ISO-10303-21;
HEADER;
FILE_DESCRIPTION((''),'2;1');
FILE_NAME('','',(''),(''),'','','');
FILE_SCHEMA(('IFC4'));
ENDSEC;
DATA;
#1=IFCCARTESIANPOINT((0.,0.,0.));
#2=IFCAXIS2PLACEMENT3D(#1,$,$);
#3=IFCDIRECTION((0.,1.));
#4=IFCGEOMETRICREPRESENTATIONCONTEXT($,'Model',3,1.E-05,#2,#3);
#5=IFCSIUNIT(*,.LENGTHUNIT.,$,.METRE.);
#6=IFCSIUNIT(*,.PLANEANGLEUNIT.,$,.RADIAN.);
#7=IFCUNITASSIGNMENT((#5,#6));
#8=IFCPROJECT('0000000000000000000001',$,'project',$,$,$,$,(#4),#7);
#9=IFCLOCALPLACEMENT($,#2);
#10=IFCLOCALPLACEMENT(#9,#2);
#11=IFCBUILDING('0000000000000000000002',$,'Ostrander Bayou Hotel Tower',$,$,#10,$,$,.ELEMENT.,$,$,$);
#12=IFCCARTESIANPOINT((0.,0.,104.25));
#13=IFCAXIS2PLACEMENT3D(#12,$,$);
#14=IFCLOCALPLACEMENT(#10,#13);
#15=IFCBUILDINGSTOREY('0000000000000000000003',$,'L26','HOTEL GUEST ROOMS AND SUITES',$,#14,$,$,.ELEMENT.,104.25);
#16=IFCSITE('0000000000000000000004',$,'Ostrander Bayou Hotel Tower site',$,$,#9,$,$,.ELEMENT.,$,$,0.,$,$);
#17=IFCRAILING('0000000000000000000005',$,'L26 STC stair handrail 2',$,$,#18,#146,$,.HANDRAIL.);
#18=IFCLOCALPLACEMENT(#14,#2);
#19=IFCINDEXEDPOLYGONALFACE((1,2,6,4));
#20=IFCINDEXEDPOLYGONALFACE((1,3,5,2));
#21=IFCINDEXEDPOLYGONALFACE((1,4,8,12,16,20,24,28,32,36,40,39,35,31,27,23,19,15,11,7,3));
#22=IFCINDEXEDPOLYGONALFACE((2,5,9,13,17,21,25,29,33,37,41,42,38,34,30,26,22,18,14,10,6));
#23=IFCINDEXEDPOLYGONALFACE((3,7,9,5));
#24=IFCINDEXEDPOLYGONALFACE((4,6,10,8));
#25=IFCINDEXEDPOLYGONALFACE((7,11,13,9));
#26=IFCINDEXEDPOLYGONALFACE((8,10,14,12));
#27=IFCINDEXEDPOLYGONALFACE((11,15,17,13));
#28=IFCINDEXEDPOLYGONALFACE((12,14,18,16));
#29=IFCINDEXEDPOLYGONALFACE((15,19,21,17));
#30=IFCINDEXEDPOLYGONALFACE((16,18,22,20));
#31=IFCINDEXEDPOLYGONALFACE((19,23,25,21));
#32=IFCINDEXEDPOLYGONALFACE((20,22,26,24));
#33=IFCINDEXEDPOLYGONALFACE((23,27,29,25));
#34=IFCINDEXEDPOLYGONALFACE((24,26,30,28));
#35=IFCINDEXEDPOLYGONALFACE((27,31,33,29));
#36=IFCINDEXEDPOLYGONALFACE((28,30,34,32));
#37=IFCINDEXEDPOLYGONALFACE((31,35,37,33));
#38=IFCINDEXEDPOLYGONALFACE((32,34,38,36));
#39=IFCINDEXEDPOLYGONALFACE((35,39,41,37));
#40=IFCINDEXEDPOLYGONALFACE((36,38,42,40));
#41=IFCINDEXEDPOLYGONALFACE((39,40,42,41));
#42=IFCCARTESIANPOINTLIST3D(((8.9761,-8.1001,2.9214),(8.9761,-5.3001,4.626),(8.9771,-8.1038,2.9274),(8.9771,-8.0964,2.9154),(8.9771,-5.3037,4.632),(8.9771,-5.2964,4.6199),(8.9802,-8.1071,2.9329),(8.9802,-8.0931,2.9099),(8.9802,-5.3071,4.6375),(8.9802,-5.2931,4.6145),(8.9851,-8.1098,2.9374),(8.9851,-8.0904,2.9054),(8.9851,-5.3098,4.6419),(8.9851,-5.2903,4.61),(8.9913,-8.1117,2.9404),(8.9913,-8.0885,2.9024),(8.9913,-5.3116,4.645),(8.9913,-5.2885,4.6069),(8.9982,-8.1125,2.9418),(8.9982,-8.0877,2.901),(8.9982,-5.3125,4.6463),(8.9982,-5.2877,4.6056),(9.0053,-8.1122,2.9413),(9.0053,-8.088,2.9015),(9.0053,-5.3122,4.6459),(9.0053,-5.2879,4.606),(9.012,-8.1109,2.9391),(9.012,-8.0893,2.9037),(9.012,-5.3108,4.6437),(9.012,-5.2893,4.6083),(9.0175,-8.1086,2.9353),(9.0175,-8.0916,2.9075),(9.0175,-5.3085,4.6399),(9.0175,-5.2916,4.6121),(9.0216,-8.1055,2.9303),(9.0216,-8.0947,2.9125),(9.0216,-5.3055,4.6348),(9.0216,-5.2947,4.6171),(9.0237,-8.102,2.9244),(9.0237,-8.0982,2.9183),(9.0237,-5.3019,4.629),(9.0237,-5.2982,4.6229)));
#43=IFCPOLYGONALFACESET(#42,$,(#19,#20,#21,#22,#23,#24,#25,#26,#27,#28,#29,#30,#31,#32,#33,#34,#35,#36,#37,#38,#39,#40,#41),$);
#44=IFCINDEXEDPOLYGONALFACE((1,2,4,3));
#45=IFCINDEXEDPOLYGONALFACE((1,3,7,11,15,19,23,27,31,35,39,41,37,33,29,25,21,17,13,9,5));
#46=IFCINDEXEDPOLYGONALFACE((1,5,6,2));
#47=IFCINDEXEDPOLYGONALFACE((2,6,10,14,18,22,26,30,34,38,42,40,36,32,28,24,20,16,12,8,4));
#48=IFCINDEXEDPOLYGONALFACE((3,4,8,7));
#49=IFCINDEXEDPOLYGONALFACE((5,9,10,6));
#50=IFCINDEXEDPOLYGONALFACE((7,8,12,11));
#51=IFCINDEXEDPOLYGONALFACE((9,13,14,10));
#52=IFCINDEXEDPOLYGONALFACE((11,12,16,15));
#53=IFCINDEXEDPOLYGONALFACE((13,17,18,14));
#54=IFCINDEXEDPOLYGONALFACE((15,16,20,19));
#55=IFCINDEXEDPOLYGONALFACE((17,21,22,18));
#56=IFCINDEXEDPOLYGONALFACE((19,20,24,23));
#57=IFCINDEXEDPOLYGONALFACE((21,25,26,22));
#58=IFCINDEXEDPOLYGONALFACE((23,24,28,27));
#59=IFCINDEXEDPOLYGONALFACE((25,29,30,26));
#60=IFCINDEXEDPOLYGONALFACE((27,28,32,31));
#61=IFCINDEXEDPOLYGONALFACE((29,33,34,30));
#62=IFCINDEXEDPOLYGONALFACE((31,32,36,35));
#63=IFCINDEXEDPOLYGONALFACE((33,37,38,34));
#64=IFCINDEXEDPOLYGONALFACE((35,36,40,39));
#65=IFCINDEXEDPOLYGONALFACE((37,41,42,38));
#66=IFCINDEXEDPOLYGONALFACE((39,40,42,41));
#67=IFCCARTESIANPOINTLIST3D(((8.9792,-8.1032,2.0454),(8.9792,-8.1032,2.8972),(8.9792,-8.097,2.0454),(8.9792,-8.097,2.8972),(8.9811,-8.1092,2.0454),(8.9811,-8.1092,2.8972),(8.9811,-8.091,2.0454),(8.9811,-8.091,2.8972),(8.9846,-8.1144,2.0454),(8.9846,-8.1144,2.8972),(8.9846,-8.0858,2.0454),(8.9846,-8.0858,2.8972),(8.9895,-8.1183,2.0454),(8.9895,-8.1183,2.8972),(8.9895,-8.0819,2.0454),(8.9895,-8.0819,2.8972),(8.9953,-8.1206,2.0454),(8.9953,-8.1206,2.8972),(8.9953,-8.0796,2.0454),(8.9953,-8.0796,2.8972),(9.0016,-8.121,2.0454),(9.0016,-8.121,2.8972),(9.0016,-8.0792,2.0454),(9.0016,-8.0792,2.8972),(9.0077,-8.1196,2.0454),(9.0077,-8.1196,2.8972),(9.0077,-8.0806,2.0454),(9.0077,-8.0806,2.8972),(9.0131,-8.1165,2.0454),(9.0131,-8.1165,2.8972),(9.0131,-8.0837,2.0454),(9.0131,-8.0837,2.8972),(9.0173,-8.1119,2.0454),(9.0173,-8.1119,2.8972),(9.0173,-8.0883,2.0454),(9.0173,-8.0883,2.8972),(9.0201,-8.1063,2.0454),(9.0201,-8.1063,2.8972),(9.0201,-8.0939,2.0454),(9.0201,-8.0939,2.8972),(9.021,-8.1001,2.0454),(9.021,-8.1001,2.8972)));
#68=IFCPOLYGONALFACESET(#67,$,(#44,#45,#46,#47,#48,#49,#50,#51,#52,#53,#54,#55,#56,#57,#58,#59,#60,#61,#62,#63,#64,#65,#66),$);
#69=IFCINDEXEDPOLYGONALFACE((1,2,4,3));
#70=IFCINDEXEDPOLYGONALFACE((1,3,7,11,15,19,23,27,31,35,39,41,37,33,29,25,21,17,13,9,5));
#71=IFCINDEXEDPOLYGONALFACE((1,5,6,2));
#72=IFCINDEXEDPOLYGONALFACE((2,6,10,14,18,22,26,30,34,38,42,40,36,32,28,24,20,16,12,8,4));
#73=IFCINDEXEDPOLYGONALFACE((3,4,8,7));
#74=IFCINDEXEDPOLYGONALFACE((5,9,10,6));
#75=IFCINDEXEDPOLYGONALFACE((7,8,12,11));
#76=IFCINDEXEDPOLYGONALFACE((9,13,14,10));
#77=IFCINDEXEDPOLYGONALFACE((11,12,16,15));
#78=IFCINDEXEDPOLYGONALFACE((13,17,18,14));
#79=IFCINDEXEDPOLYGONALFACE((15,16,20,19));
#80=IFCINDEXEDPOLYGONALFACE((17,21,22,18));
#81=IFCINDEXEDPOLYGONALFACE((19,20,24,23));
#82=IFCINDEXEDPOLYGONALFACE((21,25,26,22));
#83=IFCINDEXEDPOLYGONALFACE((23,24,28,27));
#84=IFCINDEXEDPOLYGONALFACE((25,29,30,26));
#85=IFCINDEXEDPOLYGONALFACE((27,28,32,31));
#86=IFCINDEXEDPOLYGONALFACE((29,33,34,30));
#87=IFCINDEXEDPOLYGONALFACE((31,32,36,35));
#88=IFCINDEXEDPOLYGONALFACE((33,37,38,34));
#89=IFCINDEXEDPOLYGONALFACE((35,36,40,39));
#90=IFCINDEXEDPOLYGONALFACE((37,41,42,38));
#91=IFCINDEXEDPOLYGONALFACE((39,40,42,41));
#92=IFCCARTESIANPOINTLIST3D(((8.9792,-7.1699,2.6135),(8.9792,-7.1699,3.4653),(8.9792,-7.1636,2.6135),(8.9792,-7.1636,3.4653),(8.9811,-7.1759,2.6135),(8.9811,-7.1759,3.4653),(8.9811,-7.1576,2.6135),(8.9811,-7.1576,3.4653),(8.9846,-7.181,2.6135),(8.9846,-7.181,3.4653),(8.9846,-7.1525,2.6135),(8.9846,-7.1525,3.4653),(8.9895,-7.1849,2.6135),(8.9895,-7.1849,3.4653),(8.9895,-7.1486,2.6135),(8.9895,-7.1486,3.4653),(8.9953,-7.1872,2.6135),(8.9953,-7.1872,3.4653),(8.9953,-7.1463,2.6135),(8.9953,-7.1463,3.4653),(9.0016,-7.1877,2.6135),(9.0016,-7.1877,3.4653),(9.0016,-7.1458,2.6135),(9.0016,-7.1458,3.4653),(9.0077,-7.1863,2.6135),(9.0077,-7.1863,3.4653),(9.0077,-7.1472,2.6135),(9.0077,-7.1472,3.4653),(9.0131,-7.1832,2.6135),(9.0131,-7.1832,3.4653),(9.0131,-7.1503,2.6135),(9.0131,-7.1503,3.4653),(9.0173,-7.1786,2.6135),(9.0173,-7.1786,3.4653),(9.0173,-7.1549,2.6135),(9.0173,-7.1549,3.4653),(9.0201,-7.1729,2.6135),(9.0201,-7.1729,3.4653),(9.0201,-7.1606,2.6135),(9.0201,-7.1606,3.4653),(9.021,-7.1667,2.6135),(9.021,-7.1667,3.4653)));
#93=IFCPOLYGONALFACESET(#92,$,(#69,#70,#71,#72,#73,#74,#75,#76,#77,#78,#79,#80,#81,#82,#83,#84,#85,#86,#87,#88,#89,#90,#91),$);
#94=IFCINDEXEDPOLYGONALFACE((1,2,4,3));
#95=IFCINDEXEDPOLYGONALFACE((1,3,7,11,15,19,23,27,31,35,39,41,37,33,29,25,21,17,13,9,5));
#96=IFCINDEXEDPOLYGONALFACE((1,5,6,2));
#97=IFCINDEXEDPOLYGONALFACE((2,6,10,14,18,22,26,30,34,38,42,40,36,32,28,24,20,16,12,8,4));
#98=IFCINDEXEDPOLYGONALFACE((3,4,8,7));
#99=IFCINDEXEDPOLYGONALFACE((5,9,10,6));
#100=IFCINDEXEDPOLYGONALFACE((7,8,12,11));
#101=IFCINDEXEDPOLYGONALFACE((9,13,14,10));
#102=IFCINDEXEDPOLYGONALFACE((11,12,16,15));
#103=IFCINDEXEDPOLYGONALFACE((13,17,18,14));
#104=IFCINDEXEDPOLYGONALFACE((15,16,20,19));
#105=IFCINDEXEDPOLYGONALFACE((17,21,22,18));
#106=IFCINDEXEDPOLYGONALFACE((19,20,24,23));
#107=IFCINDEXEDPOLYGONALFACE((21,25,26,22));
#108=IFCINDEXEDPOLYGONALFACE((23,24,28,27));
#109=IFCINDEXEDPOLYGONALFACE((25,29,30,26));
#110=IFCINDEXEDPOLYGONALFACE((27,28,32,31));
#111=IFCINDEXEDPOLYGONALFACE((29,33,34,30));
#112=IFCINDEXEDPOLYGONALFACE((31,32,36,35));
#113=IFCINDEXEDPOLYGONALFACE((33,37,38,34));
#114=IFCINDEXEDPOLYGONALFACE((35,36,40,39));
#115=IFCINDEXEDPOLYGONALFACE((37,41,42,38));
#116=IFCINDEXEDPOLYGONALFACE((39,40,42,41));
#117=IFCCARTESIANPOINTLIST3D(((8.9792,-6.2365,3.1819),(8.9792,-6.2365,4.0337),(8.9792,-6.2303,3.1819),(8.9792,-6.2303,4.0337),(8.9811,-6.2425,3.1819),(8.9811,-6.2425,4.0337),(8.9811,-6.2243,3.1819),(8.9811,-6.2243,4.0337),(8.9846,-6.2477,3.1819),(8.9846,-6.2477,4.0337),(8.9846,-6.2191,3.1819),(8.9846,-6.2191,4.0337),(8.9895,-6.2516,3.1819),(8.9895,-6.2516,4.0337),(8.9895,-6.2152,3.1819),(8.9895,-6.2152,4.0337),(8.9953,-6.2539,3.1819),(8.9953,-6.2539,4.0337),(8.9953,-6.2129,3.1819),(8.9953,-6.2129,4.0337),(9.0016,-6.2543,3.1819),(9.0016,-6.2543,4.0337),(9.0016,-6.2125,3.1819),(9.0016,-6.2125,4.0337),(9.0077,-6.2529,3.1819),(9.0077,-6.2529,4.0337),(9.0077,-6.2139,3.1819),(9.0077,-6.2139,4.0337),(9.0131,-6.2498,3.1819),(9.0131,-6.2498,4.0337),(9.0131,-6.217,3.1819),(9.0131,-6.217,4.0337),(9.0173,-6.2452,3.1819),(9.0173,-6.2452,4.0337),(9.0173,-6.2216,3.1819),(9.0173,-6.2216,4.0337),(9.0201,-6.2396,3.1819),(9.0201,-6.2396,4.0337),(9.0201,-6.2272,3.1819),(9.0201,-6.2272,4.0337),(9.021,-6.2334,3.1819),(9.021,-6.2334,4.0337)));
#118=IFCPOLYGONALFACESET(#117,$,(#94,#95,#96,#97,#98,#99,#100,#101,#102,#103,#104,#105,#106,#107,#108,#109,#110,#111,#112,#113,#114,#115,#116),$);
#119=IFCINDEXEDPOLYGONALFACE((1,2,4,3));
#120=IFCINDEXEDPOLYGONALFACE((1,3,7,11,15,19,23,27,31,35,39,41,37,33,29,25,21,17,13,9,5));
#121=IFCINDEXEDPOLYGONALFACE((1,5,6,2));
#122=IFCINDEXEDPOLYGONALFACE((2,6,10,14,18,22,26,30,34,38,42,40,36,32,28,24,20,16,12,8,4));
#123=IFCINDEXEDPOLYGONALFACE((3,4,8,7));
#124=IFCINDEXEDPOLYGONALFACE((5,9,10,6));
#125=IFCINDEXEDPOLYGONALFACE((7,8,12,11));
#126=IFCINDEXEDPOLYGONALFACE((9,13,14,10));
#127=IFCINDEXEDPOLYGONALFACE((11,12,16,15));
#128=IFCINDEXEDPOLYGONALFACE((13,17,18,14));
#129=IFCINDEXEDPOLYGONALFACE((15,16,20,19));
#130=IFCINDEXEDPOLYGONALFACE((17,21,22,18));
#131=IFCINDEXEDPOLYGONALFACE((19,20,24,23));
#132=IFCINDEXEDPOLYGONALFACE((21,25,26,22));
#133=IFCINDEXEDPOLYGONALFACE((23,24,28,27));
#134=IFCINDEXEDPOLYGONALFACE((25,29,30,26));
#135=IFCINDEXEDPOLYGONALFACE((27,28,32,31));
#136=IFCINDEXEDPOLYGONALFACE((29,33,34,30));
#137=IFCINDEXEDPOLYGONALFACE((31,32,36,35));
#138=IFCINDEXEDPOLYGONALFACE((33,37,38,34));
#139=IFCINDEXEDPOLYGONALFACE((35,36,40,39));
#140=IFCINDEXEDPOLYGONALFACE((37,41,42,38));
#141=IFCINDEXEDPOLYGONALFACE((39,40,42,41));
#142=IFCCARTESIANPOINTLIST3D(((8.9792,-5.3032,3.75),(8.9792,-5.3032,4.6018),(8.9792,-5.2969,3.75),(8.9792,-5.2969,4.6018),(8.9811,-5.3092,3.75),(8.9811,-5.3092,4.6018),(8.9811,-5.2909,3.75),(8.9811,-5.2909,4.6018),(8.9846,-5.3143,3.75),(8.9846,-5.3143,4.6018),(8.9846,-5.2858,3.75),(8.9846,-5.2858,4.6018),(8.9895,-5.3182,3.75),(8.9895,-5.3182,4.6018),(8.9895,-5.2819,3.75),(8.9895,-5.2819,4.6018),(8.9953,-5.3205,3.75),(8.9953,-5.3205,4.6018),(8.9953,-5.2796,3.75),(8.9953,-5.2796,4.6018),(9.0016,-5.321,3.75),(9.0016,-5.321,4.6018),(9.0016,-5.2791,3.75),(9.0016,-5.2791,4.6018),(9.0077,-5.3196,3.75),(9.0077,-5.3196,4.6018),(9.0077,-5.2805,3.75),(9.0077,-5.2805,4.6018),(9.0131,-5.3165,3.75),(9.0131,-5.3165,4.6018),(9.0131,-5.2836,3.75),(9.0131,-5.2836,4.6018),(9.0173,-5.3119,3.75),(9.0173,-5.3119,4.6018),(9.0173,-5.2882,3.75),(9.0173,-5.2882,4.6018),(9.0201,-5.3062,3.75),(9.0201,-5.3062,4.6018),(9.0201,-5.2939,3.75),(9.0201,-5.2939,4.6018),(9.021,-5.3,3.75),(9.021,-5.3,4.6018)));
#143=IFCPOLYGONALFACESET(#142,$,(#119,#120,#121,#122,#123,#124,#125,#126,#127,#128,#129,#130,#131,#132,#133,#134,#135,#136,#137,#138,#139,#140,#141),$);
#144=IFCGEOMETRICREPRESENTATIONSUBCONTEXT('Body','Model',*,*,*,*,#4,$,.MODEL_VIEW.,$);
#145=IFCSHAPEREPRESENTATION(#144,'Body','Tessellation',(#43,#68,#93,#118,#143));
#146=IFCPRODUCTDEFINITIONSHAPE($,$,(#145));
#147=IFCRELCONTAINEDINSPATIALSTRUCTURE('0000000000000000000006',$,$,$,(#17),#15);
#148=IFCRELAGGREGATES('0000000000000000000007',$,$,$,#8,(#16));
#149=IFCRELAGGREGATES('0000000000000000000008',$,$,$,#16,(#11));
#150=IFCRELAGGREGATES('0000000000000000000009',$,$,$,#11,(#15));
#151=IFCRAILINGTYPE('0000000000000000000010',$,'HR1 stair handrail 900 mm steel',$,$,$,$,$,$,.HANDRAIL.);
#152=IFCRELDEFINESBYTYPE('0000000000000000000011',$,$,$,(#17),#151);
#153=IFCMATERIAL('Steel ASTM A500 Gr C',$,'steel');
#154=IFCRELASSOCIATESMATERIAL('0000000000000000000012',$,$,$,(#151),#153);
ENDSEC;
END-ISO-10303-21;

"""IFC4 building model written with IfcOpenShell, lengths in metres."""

from ifc_helpers import new_model, si_unit, direction, frame, origin, origin_2d, place, context, subcontext, project, spatial, circle, extrude, material, type_object, element, save


model = new_model("IFC4")

# Units and contexts
model_context = context("Model", 3, precision=1e-05, world=origin(), true_north=direction((0.0, 1.0)))
body_context = subcontext(model_context, "Body", "Model", "MODEL_VIEW")
ifc_project = project(units=[si_unit("LENGTHUNIT", "METRE"), si_unit("PLANEANGLEUNIT", "RADIAN")], contexts=[model_context])

# Site, building, storey
site_placement = place(None, origin())
site = spatial("IfcSite", under=ifc_project, at=site_placement, Name="Ostrander Bayou Hotel Tower site", CompositionType="ELEMENT", RefElevation=0.0)
building_placement = place(site_placement, origin())
building = spatial("IfcBuilding", under=site, at=building_placement, Name="Ostrander Bayou Hotel Tower", CompositionType="ELEMENT")
storey_placement = place(building_placement, frame((0.0, 0.0, 104.25)))
storey = spatial("IfcBuildingStorey", under=building, at=storey_placement, Name="L26", Description="HOTEL GUEST ROOMS AND SUITES", CompositionType="ELEMENT", Elevation=104.25)

# Railing
ifc_material_1 = material(Name="Steel ASTM A500 Gr C", Category="steel")
railing_type_1 = type_object("IfcRailingType", Name="HR1 stair handrail 900 mm steel", PredefinedType="HANDRAIL", material=ifc_material_1)
railing_1_placement = place(storey_placement, frame((9.0, -8.1001, 2.0454)))
element("IfcRailing", 1, at=railing_1_placement, inside=storey, type_object=railing_type_1, Name="L26 STC stair handrail 2", PredefinedType="HANDRAIL", context=body_context, shape_type="SweptSolid", body=[
    extrude(circle(Radius=0.0239, at=origin_2d()), frame((0.0, 0.0, 0.876), z_axis=(0.0, 0.85417, 0.519994), x_axis=(-1.0, 0.0, 0.0)), (0.0, 0.0, 1.0), 3.2781),
    extrude(circle(Radius=0.021, at=origin_2d()), origin(), (0.0, 0.0, 1.0), 0.8518),
    extrude(circle(Radius=0.021, at=origin_2d()), frame((0.0, 0.9333, 0.5681)), (0.0, 0.0, 1.0), 0.8518),
    extrude(circle(Radius=0.021, at=origin_2d()), frame((0.0, 1.8667, 1.1365)), (0.0, 0.0, 1.0), 0.8518),
    extrude(circle(Radius=0.021, at=origin_2d()), frame((0.0, 2.8, 1.7046)), (0.0, 0.0, 1.0), 0.8518),
])

save(model, "model.ifc")
